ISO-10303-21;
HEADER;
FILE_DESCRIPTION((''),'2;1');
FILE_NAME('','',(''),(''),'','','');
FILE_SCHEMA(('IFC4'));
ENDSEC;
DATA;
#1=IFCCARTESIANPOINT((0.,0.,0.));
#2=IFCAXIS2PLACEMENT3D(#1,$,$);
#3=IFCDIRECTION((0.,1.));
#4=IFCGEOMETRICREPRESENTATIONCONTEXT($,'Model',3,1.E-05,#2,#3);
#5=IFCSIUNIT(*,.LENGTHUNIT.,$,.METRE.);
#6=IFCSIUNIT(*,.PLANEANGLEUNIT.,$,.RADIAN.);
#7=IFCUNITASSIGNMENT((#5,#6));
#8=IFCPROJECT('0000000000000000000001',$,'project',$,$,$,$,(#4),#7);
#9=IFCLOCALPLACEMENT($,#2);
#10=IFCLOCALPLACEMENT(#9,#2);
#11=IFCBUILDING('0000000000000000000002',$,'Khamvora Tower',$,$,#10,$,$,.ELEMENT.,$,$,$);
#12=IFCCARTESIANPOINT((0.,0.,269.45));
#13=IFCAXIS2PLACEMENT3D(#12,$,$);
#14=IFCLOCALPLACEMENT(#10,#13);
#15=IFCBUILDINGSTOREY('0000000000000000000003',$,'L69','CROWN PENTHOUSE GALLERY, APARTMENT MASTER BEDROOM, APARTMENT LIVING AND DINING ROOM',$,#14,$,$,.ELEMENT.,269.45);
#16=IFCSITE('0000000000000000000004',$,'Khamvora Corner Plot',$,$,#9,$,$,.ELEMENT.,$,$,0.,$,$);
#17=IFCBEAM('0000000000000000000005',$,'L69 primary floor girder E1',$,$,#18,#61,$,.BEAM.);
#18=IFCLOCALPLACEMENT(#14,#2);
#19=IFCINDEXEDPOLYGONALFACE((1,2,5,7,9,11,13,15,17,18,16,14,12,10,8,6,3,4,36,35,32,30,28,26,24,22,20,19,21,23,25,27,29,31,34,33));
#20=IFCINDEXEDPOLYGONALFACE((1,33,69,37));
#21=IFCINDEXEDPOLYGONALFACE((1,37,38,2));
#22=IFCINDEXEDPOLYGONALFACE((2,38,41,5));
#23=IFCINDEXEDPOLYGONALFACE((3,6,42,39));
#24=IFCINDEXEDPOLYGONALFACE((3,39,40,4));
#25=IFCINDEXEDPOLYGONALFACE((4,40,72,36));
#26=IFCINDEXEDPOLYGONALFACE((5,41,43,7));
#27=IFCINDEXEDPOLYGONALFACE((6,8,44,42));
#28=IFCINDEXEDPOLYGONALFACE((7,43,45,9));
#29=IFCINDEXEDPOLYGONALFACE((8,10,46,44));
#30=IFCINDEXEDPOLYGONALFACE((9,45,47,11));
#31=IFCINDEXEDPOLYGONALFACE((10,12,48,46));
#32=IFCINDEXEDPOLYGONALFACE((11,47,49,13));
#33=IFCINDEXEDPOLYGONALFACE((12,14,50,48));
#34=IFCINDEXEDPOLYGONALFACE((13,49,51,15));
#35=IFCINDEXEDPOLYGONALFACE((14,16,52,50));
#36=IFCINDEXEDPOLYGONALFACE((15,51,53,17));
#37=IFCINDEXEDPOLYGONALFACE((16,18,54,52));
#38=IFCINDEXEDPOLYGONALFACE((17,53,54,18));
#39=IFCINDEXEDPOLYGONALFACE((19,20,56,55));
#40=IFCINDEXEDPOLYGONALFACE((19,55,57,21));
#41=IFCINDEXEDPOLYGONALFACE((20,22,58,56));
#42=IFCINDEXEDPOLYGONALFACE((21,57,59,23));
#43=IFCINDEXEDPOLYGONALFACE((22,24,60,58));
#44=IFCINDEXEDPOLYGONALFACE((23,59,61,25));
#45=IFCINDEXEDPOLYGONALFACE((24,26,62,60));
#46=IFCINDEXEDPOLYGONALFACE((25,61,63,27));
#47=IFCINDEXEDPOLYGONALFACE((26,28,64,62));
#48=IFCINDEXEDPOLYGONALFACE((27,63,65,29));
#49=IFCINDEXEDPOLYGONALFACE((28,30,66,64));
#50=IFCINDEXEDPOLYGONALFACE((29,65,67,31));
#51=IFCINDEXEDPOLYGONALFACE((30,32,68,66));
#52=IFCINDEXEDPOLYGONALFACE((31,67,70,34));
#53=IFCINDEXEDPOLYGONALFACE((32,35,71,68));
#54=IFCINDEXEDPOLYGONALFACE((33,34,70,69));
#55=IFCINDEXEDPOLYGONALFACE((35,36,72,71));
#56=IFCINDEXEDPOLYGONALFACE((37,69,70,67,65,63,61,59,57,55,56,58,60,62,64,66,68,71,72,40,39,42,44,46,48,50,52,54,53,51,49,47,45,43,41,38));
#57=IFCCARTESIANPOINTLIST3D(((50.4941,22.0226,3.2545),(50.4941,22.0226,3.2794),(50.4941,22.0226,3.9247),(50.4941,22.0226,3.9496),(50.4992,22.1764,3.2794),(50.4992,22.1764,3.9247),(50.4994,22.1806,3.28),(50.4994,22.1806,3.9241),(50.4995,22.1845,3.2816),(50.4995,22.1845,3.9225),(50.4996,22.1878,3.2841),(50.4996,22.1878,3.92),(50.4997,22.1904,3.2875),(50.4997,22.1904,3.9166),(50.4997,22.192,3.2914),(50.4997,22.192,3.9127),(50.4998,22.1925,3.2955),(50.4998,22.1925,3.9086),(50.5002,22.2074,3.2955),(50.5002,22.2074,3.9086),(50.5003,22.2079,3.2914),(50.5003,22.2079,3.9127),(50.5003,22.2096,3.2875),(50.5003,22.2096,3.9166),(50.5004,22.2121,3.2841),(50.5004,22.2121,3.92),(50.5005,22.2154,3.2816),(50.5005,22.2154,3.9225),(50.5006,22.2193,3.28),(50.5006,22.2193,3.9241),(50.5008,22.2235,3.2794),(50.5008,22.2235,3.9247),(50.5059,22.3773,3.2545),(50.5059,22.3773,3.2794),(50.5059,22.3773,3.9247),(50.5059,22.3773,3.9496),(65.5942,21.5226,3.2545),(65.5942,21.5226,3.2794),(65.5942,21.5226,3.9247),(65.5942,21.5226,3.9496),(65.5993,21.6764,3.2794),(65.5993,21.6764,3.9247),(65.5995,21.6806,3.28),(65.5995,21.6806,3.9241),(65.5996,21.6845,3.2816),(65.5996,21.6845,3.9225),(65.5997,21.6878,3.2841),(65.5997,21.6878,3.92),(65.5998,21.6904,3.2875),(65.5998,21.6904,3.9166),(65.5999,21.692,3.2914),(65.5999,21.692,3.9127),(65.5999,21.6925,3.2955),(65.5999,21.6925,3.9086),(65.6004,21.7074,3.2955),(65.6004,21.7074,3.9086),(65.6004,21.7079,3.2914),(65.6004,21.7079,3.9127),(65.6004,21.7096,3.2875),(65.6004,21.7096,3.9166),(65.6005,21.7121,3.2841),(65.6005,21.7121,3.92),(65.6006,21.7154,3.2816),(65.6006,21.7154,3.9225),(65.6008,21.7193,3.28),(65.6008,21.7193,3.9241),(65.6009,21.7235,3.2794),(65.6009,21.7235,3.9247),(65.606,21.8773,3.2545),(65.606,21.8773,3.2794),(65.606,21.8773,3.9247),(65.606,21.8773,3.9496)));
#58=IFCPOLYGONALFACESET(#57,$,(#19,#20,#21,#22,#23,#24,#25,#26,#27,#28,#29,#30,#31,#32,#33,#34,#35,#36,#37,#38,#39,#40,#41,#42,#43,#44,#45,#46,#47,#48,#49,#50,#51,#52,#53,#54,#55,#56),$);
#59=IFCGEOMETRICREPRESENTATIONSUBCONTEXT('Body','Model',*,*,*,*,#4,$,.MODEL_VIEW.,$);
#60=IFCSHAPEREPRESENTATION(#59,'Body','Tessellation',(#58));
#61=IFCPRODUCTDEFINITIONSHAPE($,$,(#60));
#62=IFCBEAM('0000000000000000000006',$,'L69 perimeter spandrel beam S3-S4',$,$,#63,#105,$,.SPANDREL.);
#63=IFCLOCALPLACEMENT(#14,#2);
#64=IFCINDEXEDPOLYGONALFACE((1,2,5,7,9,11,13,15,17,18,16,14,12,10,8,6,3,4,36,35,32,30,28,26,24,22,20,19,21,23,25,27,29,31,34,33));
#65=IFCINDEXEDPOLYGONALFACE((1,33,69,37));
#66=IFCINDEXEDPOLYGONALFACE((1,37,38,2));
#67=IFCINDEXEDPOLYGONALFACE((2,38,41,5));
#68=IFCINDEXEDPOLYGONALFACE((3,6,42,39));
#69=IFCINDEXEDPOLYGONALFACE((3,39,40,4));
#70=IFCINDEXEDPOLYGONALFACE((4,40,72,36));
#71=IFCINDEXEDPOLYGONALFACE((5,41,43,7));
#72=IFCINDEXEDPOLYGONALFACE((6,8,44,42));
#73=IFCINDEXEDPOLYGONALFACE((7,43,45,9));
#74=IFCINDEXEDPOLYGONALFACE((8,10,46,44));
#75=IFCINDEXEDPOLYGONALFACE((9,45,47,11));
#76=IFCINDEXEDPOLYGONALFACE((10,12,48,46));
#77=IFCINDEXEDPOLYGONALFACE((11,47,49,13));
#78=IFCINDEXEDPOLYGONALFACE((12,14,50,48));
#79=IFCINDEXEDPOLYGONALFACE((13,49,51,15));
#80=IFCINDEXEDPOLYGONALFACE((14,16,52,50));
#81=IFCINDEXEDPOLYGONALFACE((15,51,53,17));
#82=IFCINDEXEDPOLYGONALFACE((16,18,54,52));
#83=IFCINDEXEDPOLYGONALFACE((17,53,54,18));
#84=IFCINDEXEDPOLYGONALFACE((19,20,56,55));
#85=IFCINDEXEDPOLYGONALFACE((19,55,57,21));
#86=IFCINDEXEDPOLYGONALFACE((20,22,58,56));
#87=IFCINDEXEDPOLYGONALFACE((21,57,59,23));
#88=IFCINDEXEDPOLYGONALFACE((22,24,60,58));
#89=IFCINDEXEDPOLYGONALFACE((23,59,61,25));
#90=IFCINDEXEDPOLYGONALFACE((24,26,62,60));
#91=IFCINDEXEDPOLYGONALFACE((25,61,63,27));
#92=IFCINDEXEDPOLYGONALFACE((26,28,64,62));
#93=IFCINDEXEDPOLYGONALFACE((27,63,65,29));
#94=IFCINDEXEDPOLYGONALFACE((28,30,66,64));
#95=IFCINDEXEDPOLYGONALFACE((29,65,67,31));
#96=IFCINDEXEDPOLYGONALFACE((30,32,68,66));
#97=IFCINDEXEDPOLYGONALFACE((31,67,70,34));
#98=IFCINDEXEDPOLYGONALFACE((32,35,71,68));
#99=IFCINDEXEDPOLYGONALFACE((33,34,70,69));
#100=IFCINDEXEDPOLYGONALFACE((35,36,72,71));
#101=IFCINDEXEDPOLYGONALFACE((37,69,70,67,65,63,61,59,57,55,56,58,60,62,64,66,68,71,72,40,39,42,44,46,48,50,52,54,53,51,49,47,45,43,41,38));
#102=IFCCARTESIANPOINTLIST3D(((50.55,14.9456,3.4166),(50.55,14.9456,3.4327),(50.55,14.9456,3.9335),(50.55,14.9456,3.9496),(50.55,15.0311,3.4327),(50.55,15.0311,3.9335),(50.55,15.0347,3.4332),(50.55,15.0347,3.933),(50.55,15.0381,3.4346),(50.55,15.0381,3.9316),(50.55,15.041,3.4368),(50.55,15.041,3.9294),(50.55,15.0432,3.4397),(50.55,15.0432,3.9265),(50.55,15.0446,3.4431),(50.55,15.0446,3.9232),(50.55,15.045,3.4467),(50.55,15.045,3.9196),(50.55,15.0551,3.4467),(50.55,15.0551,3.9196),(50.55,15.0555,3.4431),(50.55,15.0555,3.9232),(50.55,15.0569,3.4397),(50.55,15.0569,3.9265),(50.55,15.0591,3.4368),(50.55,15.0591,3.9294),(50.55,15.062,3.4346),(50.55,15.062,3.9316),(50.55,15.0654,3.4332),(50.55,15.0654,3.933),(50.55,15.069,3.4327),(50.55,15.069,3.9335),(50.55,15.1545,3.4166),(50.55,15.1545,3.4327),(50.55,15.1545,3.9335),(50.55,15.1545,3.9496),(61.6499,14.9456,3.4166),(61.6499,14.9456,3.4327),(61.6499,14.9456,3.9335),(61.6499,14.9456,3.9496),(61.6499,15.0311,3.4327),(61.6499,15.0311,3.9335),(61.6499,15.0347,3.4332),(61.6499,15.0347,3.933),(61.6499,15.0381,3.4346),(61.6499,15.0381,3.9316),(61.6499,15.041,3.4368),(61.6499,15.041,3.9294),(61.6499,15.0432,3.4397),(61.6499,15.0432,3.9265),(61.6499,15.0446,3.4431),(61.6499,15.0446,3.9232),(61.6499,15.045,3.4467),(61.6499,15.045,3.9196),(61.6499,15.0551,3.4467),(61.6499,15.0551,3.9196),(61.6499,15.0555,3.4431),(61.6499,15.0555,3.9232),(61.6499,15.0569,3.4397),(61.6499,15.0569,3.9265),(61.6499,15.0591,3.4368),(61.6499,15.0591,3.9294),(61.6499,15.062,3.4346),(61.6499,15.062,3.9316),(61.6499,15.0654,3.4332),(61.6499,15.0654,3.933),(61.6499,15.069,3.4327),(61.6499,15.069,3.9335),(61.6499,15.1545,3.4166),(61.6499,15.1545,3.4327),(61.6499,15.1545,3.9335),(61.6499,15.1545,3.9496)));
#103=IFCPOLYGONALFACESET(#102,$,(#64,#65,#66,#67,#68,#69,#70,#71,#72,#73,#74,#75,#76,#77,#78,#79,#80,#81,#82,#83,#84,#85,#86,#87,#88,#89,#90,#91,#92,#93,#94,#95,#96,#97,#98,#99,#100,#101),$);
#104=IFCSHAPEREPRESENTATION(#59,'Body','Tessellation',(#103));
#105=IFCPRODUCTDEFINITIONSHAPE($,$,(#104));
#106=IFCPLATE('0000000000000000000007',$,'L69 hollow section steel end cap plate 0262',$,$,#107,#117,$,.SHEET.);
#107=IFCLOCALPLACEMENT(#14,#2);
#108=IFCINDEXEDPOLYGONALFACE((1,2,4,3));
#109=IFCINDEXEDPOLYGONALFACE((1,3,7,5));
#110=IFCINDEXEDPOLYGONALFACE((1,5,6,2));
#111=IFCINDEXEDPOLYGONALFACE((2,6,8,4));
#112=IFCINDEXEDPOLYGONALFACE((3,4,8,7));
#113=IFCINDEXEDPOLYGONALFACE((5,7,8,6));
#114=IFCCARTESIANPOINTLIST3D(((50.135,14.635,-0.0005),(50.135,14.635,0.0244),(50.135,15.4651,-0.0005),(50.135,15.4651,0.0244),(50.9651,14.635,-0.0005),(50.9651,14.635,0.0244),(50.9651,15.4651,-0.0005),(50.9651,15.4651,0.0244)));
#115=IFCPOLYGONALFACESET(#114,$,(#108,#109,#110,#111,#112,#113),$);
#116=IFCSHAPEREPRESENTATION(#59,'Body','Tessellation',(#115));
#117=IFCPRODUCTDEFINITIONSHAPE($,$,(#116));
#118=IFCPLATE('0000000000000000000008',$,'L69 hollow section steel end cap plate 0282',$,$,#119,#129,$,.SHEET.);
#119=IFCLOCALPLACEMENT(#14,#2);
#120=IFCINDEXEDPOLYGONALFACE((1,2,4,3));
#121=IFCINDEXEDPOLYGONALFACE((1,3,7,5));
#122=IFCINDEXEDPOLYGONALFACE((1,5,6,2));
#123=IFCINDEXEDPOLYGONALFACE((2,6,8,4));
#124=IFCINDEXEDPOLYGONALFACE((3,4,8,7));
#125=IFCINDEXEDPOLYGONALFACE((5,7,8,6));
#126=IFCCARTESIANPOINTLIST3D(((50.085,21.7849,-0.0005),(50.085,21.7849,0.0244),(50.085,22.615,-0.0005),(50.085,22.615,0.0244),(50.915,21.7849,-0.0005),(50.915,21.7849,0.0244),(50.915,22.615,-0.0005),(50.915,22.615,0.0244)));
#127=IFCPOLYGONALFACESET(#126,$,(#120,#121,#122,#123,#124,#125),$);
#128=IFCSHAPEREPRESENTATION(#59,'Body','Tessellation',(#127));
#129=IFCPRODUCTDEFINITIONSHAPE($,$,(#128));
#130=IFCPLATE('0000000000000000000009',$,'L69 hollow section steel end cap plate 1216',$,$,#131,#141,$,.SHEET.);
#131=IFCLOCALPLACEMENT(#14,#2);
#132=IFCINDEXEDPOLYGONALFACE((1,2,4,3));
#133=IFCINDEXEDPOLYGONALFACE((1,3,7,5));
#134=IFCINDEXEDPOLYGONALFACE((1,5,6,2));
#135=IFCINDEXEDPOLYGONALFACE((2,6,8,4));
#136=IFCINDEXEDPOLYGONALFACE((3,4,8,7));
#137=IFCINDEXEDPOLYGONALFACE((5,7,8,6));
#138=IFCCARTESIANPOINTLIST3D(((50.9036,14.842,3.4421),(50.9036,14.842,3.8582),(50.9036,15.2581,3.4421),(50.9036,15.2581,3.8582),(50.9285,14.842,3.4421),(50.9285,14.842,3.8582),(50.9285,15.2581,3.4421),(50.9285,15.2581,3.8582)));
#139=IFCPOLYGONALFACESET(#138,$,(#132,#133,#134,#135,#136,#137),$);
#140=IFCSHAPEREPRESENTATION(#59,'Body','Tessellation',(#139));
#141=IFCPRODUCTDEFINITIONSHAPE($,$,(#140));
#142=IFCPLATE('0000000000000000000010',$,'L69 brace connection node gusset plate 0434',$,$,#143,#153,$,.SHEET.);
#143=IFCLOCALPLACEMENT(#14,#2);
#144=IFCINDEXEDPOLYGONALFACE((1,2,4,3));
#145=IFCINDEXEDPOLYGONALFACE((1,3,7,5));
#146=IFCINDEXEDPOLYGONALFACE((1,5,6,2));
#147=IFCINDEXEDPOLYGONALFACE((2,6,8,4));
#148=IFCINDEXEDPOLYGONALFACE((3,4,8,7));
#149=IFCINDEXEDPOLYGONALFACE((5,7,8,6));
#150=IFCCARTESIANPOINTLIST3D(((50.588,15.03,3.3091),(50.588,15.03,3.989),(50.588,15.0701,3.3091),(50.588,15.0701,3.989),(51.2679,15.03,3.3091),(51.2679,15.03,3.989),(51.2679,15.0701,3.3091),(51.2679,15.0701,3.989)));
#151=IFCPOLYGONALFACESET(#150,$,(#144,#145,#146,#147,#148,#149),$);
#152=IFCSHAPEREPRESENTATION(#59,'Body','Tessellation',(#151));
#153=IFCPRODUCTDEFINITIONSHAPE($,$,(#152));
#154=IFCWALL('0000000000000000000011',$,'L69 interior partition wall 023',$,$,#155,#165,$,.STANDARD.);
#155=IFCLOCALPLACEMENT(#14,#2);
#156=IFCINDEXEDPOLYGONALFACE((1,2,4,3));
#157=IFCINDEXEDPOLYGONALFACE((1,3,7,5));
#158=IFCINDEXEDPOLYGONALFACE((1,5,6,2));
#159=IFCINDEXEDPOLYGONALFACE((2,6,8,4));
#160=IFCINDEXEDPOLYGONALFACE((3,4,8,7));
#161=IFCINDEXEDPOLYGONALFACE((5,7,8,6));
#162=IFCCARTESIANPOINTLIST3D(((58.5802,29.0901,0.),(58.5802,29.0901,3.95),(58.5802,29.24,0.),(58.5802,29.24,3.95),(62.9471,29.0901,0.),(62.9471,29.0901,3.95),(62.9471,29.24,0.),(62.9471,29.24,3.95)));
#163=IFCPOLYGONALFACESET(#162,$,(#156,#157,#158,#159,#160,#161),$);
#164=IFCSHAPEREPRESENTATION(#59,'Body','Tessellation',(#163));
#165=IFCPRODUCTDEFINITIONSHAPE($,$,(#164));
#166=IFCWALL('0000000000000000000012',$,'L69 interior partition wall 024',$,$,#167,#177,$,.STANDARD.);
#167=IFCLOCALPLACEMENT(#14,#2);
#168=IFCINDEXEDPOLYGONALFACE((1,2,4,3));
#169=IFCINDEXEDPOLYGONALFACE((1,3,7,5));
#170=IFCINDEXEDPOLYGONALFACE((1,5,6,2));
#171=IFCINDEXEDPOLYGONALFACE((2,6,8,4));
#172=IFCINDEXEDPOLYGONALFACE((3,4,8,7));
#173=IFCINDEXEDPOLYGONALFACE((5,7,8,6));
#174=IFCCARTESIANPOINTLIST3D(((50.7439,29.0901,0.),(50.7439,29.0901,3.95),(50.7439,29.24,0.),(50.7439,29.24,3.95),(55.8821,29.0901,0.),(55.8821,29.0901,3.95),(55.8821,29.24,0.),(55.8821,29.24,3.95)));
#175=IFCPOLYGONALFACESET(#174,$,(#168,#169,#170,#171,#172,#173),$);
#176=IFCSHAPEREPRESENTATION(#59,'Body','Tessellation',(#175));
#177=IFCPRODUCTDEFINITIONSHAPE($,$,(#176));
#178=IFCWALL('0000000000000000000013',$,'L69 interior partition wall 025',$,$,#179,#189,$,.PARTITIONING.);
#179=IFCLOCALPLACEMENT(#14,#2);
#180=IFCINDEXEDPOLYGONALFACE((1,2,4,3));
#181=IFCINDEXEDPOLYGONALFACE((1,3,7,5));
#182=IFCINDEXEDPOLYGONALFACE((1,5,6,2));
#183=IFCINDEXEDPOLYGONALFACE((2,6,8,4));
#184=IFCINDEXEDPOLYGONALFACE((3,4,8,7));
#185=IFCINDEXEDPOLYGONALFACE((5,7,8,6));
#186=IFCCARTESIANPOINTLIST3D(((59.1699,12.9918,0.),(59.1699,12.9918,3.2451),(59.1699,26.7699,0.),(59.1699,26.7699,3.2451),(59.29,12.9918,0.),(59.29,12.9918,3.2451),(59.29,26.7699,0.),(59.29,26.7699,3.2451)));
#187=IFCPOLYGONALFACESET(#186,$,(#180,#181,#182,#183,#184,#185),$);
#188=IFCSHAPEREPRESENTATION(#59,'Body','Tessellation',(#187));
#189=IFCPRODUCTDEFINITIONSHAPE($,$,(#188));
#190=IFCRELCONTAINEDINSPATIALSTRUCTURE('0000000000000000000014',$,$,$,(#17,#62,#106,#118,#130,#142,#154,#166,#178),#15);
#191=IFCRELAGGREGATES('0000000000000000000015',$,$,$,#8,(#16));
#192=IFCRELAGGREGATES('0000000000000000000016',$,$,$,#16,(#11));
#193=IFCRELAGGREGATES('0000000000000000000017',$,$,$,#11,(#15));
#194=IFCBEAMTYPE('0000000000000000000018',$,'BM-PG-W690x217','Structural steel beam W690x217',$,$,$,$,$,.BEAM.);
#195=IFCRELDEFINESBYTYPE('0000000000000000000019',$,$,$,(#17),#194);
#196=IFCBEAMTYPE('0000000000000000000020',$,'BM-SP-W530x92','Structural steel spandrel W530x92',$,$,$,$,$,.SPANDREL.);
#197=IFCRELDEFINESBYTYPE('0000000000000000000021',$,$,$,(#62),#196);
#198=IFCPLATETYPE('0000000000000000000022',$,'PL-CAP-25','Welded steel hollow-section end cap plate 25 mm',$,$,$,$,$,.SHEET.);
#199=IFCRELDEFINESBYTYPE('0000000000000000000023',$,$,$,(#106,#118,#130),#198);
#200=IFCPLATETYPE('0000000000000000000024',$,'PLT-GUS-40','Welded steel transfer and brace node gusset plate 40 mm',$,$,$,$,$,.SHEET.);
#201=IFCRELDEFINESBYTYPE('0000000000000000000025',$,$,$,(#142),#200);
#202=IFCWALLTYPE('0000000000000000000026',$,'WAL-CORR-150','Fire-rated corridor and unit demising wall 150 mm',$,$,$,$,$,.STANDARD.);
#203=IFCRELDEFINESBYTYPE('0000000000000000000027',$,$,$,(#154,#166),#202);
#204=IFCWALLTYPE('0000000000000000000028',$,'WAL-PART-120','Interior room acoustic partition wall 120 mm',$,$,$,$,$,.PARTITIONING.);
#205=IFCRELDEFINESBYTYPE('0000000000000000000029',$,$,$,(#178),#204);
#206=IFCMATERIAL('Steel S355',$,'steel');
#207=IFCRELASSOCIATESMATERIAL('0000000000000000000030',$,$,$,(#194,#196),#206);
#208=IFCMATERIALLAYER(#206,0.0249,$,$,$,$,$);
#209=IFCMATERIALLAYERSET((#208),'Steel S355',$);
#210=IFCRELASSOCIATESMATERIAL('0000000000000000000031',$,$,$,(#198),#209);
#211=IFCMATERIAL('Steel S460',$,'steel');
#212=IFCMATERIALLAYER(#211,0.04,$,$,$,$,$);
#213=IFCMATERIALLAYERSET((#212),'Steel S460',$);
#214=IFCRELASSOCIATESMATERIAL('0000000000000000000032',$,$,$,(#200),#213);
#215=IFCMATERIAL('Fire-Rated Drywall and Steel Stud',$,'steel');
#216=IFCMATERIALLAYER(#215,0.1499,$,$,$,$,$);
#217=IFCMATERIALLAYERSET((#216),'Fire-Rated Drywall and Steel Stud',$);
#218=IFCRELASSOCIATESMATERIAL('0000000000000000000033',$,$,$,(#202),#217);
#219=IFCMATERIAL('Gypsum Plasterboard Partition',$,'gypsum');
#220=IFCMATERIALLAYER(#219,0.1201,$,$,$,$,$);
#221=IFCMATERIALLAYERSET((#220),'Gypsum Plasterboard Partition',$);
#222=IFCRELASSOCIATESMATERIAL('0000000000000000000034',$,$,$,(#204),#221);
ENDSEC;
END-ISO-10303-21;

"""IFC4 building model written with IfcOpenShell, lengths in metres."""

from ifc_helpers import new_model, si_unit, direction, frame, frame_2d, origin, origin_2d, place, context, subcontext, project, spatial, rectangle, i_section, extrude, material, layer, layer_set, material_profile, profile_set, type_object, element, save


model = new_model("IFC4")

# Units and contexts
model_context = context("Model", 3, precision=1e-05, world=origin(), true_north=direction((0.0, 1.0)))
body_context = subcontext(model_context, "Body", "Model", "MODEL_VIEW")
ifc_project = project(units=[si_unit("LENGTHUNIT", "METRE"), si_unit("PLANEANGLEUNIT", "RADIAN")], contexts=[model_context])

# Site, building, storey
site_placement = place(None, origin())
site = spatial("IfcSite", under=ifc_project, at=site_placement, Name="Khamvora Corner Plot", CompositionType="ELEMENT", RefElevation=0.0)
building_placement = place(site_placement, origin())
building = spatial("IfcBuilding", under=site, at=building_placement, Name="Khamvora Tower", CompositionType="ELEMENT")
storey_placement = place(building_placement, frame((0.0, 0.0, 269.45)))
storey = spatial("IfcBuildingStorey", under=building, at=storey_placement, Name="L69", Description="CROWN PENTHOUSE GALLERY, APARTMENT MASTER BEDROOM, APARTMENT LIVING AND DINING ROOM", CompositionType="ELEMENT", Elevation=269.45)

# Shared definitions
ifc_material_1 = material(Name="Steel S355", Category="steel")

# Beams
ifc_material_profile_1 = material_profile(ifc_material_1, i_section(OverallWidth=0.355, OverallDepth=0.6951, WebThickness=0.0149, FlangeThickness=0.0249, FilletRadius=0.0161, at=origin_2d()), Name="W690x217")
ifc_profile_set_1 = profile_set([ifc_material_profile_1], Name="Steel S355")
beam_type_1 = type_object("IfcBeamType", Name="BM-PG-W690x217", Description="Structural steel beam W690x217", PredefinedType="BEAM", material=ifc_profile_set_1)
beam_1_placement = place(storey_placement, frame((50.5, 22.2, 3.6021), z_axis=(0.999452, -0.033094, 0.0), x_axis=(0.033094, 0.999452, 0.0)))
element("IfcBeam", 1, at=beam_1_placement, inside=storey, type_object=beam_type_1, Name="L69 primary floor girder E1", PredefinedType="BEAM", context=body_context, shape_type="SweptSolid", body=[
    extrude(i_section(OverallWidth=0.355, OverallDepth=0.6951, WebThickness=0.0149, FlangeThickness=0.0249, FilletRadius=0.0161, at=origin_2d()), origin(), (0.0, 0.0, 1.0), 15.1084),
])
ifc_material_profile_2 = material_profile(ifc_material_1, i_section(OverallWidth=0.209, OverallDepth=0.533, WebThickness=0.01, FlangeThickness=0.0161, FilletRadius=0.0139, at=origin_2d()), Name="W530x92")
ifc_profile_set_2 = profile_set([ifc_material_profile_2], Name="Steel S355")
beam_type_2 = type_object("IfcBeamType", Name="BM-SP-W530x92", Description="Structural steel spandrel W530x92", PredefinedType="SPANDREL", material=ifc_profile_set_2)
beam_2_placement = place(storey_placement, frame((50.55, 15.05, 3.6831), z_axis=(1.0, 0.0, 0.0), x_axis=(0.0, 1.0, 0.0)))
element("IfcBeam", 2, at=beam_2_placement, inside=storey, type_object=beam_type_2, Name="L69 perimeter spandrel beam S3-S4", PredefinedType="SPANDREL", context=body_context, shape_type="SweptSolid", body=[
    extrude(i_section(OverallWidth=0.209, OverallDepth=0.533, WebThickness=0.01, FlangeThickness=0.0161, FilletRadius=0.0139, at=origin_2d()), origin(), (0.0, 0.0, 1.0), 11.0999),
])

# Plates
ifc_layer_1 = layer(ifc_material_1, 0.0249)
ifc_layer_set_1 = layer_set([ifc_layer_1], Name="Steel S355")
plate_type_1 = type_object("IfcPlateType", Name="PL-CAP-25", Description="Welded steel hollow-section end cap plate 25 mm", PredefinedType="SHEET", material=ifc_layer_set_1)
for number, where, z_axis, x_axis, name in (
    (3, (50.55, 15.05, -0.0005), (0.0, 0.0, 1.0), (1.0, 0.0, 0.0), "L69 hollow section steel end cap plate 0262"),
    (4, (50.5, 22.2, -0.0005), (0.0, 0.0, 1.0), (1.0, 0.0, 0.0), "L69 hollow section steel end cap plate 0282"),
):
    element("IfcPlate", number, at=place(storey_placement, frame(where, z_axis=z_axis, x_axis=x_axis)), inside=storey, type_object=plate_type_1, Name=name, PredefinedType="SHEET", context=body_context, shape_type="SweptSolid", body=[
        extrude(rectangle(XDim=0.8301, YDim=0.8301, at=origin_2d()), origin(), (0.0, 0.0, 1.0), 0.0249),
    ])
plate_1_placement = place(storey_placement, frame((50.916, 15.05, 3.4421), z_axis=(0.0, 0.0, 1.0), x_axis=(-1.0, 0.0, 0.0)))
element("IfcPlate", 5, at=plate_1_placement, inside=storey, type_object=plate_type_1, Name="L69 hollow section steel end cap plate 1216", PredefinedType="SHEET", context=body_context, shape_type="SweptSolid", body=[
    extrude(rectangle(XDim=0.0249, YDim=0.416, at=origin_2d()), origin(), (0.0, 0.0, 1.0), 0.416),
])
ifc_material_2 = material(Name="Steel S460", Category="steel")
ifc_layer_2 = layer(ifc_material_2, 0.04)
ifc_layer_set_2 = layer_set([ifc_layer_2], Name="Steel S460")
plate_type_2 = type_object("IfcPlateType", Name="PLT-GUS-40", Description="Welded steel transfer and brace node gusset plate 40 mm", PredefinedType="SHEET", material=ifc_layer_set_2)
plate_2_placement = place(storey_placement, frame((50.928, 15.05, 3.3091), z_axis=(0.0, 0.0, 1.0), x_axis=(1.0, 0.0, 0.0)))
element("IfcPlate", 6, at=plate_2_placement, inside=storey, type_object=plate_type_2, Name="L69 brace connection node gusset plate 0434", PredefinedType="SHEET", context=body_context, shape_type="SweptSolid", body=[
    extrude(rectangle(XDim=0.6799, YDim=0.04, at=origin_2d()), origin(), (0.0, 0.0, 1.0), 0.6799),
])

# Shared definitions
ifc_material_3 = material(Name="Fire-Rated Drywall and Steel Stud", Category="steel")
ifc_layer_3 = layer(ifc_material_3, 0.1499)
ifc_layer_set_3 = layer_set([ifc_layer_3], Name="Fire-Rated Drywall and Steel Stud")
wall_type_1 = type_object("IfcWallType", Name="WAL-CORR-150", Description="Fire-rated corridor and unit demising wall 150 mm", PredefinedType="STANDARD", material=ifc_layer_set_3)

# Walls
wall_1_placement = place(storey_placement, frame((58.5801, 29.165, 0.0), z_axis=(0.0, 0.0, 1.0), x_axis=(1.0, 0.0, 0.0)))
element("IfcWall", 7, at=wall_1_placement, inside=storey, type_object=wall_type_1, Name="L69 interior partition wall 023", PredefinedType="STANDARD", context=body_context, shape_type="SweptSolid", body=[
    extrude(rectangle(XDim=4.3669, YDim=0.1499, at=frame_2d((2.1836, 0.0))), origin(), (0.0, 0.0, 1.0), 3.95),
])
wall_2_placement = place(storey_placement, frame((50.7439, 29.165, 0.0), z_axis=(0.0, 0.0, 1.0), x_axis=(1.0, 0.0, 0.0)))
element("IfcWall", 8, at=wall_2_placement, inside=storey, type_object=wall_type_1, Name="L69 interior partition wall 024", PredefinedType="STANDARD", context=body_context, shape_type="SweptSolid", body=[
    extrude(rectangle(XDim=5.1382, YDim=0.1499, at=frame_2d((2.5691, 0.0))), origin(), (0.0, 0.0, 1.0), 3.95),
])
ifc_material_4 = material(Name="Gypsum Plasterboard Partition", Category="gypsum")
ifc_layer_4 = layer(ifc_material_4, 0.1201)
ifc_layer_set_4 = layer_set([ifc_layer_4], Name="Gypsum Plasterboard Partition")
wall_type_2 = type_object("IfcWallType", Name="WAL-PART-120", Description="Interior room acoustic partition wall 120 mm", PredefinedType="PARTITIONING", material=ifc_layer_set_4)
wall_3_placement = place(storey_placement, frame((59.23, 26.77, 0.0), z_axis=(0.0, 0.0, 1.0), x_axis=(0.0, -1.0, 0.0)))
element("IfcWall", 9, at=wall_3_placement, inside=storey, type_object=wall_type_2, Name="L69 interior partition wall 025", PredefinedType="PARTITIONING", context=body_context, shape_type="SweptSolid", body=[
    extrude(rectangle(XDim=13.7781, YDim=0.1201, at=frame_2d((6.8892, 0.0))), origin(), (0.0, 0.0, 1.0), 3.2451),
])

save(model, "model.ifc")
